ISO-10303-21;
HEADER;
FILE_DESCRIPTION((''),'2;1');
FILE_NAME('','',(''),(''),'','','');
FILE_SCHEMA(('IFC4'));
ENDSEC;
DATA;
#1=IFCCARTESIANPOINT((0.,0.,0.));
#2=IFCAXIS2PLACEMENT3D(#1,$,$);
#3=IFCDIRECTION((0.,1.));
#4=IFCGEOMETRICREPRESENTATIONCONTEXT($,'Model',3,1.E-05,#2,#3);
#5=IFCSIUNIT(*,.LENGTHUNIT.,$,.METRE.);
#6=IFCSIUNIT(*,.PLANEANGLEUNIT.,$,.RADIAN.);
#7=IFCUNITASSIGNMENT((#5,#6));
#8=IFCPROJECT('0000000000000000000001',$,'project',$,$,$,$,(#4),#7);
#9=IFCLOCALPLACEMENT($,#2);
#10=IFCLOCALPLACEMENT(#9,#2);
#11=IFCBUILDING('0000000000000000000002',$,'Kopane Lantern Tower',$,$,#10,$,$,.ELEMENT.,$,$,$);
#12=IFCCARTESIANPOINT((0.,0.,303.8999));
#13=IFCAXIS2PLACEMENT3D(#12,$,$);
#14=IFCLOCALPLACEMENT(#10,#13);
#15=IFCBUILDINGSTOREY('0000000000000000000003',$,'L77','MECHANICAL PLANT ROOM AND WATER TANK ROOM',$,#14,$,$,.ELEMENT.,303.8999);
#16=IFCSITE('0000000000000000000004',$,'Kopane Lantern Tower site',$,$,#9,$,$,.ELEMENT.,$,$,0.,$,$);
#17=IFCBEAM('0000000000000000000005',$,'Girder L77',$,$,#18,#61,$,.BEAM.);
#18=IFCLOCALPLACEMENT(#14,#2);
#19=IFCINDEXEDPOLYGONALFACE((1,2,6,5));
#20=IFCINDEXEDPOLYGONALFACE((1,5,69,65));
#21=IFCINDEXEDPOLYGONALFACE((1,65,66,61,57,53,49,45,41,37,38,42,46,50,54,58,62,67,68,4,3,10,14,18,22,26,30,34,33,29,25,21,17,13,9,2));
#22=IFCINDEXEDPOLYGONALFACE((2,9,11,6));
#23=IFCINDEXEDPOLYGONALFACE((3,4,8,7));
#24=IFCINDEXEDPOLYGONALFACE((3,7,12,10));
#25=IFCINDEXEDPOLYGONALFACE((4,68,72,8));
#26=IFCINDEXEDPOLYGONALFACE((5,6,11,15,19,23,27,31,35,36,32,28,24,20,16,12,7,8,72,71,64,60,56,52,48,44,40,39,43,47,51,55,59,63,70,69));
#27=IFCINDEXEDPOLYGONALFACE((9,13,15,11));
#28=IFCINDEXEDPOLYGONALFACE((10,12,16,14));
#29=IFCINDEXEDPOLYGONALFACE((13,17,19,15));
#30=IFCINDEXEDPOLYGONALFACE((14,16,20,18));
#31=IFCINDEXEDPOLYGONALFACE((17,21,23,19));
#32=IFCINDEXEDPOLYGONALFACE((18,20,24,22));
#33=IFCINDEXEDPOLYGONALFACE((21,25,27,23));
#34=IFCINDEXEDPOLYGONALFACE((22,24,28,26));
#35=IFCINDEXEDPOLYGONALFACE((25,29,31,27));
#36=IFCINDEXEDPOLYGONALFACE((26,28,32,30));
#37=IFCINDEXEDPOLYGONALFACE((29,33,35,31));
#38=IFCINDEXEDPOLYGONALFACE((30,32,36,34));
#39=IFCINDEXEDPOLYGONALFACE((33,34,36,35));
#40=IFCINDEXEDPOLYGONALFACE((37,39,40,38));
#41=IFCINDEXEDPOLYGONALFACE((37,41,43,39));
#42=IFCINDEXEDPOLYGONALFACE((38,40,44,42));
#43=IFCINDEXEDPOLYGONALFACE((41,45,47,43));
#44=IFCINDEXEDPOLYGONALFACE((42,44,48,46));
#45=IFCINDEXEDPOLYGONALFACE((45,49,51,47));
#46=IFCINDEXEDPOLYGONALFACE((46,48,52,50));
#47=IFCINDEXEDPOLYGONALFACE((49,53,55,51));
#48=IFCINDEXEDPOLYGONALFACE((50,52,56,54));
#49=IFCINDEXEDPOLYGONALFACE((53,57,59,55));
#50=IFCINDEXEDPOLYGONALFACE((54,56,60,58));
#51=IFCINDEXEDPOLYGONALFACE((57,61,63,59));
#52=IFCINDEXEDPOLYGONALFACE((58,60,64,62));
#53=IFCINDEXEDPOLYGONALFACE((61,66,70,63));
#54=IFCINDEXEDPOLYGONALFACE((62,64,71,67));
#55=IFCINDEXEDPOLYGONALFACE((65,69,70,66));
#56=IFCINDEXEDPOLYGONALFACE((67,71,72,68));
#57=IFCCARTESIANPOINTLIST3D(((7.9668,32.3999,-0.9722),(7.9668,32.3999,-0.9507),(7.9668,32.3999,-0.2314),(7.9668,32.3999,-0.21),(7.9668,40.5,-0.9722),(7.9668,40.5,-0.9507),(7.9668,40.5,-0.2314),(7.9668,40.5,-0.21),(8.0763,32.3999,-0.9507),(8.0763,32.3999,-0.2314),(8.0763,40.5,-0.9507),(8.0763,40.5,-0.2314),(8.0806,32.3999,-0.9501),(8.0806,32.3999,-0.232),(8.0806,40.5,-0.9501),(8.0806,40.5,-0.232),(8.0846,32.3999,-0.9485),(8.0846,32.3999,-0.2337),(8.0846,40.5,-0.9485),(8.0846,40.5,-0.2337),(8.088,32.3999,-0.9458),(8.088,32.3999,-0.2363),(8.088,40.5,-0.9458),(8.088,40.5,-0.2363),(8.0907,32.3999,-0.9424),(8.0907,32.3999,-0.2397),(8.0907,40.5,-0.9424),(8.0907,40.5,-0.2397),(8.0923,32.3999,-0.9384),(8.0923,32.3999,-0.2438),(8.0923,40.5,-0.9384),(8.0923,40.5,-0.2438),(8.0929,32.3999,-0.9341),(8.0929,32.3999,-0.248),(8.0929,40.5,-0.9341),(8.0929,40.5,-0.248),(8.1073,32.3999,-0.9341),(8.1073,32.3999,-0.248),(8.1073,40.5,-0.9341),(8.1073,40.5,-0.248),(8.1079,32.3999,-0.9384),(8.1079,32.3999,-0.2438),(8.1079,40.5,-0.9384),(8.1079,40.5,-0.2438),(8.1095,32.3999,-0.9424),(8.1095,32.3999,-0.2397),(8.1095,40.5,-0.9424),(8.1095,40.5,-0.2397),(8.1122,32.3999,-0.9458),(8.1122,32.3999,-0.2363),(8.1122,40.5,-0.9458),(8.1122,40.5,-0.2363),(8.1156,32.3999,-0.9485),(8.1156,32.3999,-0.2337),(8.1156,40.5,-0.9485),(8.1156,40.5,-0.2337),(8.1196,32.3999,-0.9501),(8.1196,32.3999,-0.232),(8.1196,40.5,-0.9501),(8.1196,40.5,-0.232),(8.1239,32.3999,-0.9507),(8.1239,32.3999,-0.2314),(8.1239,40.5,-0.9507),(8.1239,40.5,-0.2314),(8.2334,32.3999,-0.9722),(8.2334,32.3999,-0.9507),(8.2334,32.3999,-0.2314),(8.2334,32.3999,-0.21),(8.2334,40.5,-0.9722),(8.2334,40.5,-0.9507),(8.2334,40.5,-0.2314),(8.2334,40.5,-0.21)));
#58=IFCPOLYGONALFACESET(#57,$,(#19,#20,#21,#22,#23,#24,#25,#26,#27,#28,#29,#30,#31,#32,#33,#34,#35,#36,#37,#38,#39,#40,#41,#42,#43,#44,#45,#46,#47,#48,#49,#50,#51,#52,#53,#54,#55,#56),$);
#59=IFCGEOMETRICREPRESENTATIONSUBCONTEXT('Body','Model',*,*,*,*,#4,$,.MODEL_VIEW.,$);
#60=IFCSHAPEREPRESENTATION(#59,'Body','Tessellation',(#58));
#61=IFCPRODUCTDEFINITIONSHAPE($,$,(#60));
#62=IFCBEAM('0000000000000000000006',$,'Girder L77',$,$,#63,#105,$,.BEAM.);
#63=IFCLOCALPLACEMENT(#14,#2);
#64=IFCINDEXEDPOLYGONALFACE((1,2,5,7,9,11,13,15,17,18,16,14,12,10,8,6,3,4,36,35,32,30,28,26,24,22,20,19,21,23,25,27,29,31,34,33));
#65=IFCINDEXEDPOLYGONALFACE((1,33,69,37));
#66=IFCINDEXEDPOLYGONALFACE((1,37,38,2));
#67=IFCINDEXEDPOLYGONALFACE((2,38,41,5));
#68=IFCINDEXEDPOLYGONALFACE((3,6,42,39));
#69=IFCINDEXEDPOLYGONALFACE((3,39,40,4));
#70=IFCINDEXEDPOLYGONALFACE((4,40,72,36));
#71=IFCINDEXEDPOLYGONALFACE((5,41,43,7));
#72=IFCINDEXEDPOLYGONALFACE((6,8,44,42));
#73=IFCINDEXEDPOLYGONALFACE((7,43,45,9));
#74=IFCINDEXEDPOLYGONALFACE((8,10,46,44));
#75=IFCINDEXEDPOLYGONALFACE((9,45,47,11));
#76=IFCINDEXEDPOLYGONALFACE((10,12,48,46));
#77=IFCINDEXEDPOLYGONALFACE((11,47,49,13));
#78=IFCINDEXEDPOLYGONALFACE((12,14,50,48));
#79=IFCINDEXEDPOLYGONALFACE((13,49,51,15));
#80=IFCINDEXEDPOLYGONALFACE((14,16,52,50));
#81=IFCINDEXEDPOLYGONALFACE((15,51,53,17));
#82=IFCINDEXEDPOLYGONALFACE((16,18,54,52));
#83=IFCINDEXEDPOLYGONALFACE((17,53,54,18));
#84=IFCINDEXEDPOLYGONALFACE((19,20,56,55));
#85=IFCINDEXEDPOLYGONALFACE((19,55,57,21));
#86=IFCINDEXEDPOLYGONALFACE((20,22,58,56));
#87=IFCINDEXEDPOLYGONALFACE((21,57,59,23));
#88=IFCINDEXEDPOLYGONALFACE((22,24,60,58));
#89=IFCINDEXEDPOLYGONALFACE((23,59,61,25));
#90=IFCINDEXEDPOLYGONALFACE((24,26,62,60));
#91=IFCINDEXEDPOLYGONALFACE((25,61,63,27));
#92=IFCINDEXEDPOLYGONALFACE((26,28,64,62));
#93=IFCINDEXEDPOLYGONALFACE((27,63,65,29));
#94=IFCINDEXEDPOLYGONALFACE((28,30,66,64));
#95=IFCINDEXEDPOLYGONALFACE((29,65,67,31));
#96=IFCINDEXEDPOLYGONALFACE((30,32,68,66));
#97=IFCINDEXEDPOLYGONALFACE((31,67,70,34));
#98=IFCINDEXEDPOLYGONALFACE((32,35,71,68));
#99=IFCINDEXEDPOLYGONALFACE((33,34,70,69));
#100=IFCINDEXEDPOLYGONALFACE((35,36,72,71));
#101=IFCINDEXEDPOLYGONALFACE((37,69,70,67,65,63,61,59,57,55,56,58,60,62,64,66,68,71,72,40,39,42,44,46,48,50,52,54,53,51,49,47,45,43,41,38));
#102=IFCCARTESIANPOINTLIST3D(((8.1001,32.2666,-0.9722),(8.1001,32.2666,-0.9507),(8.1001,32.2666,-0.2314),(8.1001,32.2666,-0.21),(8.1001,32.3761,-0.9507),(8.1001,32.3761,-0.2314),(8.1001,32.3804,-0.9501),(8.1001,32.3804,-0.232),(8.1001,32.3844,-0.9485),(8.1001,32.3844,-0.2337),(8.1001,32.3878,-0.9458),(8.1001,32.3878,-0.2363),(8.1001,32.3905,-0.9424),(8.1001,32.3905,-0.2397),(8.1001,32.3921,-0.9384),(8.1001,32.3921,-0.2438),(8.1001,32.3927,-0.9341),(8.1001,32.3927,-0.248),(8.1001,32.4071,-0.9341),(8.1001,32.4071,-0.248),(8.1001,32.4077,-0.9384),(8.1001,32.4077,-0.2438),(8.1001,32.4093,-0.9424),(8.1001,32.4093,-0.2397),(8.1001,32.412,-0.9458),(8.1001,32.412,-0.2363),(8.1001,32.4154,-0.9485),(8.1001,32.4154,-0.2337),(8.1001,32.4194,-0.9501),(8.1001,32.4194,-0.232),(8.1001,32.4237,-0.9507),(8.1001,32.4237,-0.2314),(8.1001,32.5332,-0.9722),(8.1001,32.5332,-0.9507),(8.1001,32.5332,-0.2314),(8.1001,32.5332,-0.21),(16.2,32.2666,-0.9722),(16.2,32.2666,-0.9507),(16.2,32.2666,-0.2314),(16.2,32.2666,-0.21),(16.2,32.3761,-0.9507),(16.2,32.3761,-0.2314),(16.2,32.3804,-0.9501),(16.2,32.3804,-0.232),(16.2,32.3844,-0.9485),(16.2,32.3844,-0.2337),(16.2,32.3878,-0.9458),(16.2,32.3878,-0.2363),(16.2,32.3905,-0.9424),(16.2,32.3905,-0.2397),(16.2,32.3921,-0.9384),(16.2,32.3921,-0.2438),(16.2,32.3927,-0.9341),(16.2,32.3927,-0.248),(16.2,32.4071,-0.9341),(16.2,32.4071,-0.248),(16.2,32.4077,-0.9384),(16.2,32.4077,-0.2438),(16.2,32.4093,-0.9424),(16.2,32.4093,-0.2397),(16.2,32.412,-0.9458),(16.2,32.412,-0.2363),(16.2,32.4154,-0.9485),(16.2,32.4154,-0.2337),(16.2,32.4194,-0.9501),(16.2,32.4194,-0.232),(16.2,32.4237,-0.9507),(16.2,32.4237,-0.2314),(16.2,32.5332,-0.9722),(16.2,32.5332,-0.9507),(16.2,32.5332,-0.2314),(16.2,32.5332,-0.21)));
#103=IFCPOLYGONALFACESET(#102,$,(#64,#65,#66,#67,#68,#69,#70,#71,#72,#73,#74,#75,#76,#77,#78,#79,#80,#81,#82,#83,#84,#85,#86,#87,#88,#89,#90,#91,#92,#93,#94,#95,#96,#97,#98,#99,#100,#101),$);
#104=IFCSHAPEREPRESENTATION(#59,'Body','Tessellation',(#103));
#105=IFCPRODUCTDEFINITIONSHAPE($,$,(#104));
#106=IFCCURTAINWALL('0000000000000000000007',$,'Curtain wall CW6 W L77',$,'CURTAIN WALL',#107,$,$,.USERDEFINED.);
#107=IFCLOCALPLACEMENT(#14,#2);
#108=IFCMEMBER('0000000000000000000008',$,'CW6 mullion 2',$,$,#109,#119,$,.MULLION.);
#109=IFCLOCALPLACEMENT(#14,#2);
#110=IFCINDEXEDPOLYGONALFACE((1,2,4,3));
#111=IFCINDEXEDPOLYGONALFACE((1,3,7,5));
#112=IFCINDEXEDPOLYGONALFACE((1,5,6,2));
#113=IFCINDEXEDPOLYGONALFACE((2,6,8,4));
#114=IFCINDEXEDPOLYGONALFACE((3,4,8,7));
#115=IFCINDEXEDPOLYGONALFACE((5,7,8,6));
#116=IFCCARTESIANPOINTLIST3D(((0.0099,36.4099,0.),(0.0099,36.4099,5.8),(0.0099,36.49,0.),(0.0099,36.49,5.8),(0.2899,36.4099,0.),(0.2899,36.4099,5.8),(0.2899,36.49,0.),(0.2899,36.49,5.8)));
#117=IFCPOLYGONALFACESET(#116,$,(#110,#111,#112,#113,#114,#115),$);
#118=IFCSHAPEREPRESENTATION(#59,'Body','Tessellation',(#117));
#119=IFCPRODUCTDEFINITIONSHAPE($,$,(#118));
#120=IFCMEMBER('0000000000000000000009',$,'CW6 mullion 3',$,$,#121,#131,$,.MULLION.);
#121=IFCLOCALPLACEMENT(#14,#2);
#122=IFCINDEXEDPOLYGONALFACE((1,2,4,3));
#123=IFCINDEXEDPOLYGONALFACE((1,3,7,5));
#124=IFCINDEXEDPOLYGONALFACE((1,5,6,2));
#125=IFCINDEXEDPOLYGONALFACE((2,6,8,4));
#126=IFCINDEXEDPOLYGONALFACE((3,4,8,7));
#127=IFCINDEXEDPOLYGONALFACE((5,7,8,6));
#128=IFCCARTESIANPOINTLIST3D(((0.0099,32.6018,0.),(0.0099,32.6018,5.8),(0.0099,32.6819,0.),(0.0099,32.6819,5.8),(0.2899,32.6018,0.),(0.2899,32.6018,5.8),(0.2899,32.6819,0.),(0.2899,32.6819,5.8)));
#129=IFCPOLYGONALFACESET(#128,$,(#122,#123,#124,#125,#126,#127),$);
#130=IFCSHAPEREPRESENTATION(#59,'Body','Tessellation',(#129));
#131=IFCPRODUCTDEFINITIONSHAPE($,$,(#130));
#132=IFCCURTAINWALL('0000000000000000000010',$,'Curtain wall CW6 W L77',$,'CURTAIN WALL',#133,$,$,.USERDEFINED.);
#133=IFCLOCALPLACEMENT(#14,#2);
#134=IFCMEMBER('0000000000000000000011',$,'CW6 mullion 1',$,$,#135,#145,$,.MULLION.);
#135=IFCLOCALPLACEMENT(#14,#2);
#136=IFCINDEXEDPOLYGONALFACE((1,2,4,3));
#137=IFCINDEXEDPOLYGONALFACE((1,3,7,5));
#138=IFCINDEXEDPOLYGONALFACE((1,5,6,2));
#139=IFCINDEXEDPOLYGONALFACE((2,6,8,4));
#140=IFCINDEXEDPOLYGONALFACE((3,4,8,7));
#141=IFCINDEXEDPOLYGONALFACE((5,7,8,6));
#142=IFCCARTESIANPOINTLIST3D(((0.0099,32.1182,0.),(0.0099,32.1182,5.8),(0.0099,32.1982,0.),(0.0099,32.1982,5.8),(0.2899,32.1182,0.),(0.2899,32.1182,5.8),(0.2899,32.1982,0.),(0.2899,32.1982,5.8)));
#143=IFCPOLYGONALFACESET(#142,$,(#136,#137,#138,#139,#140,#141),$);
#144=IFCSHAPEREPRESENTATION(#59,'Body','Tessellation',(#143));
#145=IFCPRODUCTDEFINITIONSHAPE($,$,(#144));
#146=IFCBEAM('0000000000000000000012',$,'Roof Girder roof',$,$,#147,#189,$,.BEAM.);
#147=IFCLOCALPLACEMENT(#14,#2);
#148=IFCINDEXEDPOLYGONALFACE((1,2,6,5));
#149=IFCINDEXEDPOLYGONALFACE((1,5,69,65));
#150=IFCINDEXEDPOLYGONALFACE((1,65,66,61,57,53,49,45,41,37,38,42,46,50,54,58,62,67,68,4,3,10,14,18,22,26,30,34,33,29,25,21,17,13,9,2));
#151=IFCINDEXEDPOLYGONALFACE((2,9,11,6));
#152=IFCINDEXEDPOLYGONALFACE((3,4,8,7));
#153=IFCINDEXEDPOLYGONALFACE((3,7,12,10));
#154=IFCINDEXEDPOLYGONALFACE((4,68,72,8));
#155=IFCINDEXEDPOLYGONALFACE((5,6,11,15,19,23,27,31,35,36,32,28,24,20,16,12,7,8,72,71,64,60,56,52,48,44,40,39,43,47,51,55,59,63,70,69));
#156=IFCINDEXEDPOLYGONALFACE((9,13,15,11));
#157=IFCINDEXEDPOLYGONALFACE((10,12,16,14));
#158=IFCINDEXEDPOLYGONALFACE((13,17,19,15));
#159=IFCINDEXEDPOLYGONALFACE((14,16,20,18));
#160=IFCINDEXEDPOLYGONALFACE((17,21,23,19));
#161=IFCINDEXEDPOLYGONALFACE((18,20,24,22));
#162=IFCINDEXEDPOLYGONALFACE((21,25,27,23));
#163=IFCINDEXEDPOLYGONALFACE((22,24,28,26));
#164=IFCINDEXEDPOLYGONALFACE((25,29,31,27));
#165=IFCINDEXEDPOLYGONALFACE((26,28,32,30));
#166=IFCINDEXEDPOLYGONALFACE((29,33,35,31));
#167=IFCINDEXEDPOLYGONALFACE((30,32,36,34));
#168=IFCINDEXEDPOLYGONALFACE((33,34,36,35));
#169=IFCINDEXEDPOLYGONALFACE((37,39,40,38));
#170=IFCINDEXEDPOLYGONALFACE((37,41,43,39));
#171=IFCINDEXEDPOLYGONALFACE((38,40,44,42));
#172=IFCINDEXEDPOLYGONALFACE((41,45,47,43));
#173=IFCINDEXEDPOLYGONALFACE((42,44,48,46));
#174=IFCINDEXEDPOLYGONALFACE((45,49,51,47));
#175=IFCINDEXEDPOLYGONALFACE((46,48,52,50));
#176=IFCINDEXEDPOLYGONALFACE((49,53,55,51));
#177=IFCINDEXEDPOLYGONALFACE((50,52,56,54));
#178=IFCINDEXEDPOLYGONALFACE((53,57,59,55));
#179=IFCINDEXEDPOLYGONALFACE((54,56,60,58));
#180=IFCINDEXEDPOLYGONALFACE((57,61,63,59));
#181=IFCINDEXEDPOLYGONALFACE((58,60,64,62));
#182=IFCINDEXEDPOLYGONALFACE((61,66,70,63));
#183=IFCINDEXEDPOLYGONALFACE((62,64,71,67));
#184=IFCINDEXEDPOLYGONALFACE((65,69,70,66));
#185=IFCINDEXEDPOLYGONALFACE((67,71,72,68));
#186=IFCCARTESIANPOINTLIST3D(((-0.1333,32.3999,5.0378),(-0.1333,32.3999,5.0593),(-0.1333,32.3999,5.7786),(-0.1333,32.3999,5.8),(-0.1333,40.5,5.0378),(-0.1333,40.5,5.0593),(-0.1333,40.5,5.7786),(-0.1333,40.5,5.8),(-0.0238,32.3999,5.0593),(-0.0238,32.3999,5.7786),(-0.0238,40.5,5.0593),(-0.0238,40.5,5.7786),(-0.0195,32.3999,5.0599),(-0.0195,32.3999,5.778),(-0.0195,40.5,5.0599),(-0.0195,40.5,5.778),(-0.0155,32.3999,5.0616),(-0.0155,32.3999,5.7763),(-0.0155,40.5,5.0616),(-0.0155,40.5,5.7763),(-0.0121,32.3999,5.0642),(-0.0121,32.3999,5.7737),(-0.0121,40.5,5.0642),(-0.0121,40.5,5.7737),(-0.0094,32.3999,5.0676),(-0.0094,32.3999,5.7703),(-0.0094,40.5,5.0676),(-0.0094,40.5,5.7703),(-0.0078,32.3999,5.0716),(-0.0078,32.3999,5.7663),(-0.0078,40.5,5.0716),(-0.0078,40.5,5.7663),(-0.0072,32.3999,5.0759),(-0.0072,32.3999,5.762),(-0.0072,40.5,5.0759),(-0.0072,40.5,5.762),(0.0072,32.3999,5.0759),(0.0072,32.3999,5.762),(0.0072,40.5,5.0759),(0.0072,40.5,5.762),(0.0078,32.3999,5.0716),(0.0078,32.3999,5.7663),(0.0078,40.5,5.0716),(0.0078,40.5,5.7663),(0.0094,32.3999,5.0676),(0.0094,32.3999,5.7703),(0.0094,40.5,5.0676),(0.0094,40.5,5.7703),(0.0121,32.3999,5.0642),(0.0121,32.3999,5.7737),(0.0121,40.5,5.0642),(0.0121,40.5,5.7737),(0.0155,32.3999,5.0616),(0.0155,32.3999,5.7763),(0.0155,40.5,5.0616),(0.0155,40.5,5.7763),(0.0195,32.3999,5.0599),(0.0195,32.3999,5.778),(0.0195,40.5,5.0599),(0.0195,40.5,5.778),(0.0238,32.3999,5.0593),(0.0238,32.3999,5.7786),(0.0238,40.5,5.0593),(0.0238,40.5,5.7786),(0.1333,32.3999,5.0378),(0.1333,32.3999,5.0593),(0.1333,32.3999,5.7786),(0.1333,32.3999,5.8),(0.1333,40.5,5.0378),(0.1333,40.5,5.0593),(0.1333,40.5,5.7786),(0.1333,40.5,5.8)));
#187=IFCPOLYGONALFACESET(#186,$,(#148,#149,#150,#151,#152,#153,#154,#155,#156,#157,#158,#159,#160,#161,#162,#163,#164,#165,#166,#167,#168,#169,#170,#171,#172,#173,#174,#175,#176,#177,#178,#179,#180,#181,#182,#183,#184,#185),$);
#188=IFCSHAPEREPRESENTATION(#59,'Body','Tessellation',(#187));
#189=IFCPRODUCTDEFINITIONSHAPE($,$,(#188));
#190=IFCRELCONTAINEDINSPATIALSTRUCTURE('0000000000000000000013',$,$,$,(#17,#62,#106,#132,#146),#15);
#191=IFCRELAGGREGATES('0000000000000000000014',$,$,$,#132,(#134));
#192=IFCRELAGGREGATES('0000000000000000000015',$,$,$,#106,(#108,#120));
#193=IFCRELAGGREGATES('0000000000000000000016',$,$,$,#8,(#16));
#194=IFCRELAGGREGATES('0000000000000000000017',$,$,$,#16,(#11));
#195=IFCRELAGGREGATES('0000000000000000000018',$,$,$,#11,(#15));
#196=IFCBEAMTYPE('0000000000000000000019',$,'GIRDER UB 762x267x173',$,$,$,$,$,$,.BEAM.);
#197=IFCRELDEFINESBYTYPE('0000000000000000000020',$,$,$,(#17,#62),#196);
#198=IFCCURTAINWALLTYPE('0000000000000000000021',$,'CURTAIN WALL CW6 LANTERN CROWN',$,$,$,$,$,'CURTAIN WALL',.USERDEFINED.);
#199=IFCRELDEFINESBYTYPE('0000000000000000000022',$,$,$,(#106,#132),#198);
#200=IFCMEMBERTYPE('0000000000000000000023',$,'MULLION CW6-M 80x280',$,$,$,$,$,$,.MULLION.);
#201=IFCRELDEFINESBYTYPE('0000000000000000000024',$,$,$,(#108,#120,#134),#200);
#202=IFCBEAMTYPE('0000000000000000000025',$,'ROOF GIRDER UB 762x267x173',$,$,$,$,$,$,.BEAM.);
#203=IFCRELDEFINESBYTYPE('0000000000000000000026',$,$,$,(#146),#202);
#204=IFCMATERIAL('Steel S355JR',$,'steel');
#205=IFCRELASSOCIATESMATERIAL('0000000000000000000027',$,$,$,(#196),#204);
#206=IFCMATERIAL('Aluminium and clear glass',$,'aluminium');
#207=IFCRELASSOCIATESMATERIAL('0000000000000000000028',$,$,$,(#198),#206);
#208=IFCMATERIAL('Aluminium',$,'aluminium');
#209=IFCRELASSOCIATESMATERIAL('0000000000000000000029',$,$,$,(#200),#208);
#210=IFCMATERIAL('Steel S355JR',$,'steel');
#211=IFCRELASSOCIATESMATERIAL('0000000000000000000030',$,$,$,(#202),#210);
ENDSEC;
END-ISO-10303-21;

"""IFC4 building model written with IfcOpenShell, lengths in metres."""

from ifc_helpers import new_model, si_unit, direction, frame, origin, origin_2d, place, context, subcontext, project, spatial, rectangle, i_section, extrude, material, material_profile, profile_set, type_object, element, aggregate, save


model = new_model("IFC4")

# Units and contexts
model_context = context("Model", 3, precision=1e-05, world=origin(), true_north=direction((0.0, 1.0)))
body_context = subcontext(model_context, "Body", "Model", "MODEL_VIEW")
ifc_project = project(units=[si_unit("LENGTHUNIT", "METRE"), si_unit("PLANEANGLEUNIT", "RADIAN")], contexts=[model_context])

# Site, building, storey
site_placement = place(None, origin())
site = spatial("IfcSite", under=ifc_project, at=site_placement, Name="Kopane Lantern Tower site", CompositionType="ELEMENT", RefElevation=0.0)
building_placement = place(site_placement, origin())
building = spatial("IfcBuilding", under=site, at=building_placement, Name="Kopane Lantern Tower", CompositionType="ELEMENT")
storey_placement = place(building_placement, frame((0.0, 0.0, 303.8999)))
storey = spatial("IfcBuildingStorey", under=building, at=storey_placement, Name="L77", Description="MECHANICAL PLANT ROOM AND WATER TANK ROOM", CompositionType="ELEMENT", Elevation=303.8999)

# Beams
ifc_material_1 = material(Name="Steel S355JR", Category="steel")
ifc_material_profile_1 = material_profile(ifc_material_1, i_section(OverallWidth=0.2666, OverallDepth=0.7622, WebThickness=0.0144, FlangeThickness=0.0215, FilletRadius=0.0166, at=origin_2d()), Name="UB 762x267x173")
ifc_profile_set_1 = profile_set([ifc_material_profile_1], Name="Steel S355JR")
beam_type_1 = type_object("IfcBeamType", Name="GIRDER UB 762x267x173", PredefinedType="BEAM", material=ifc_profile_set_1)
for number, where, z_axis, x_axis, name in (
    (1, (8.1001, 32.3999, -0.5911), (0.0, 1.0, 0.0), (-1.0, 0.0, 0.0), "Girder L77"),
):
    element("IfcBeam", number, at=place(storey_placement, frame(where, z_axis=z_axis, x_axis=x_axis)), inside=storey, type_object=beam_type_1, Name=name, PredefinedType="BEAM", context=body_context, shape_type="SweptSolid", body=[
        extrude(i_section(OverallWidth=0.2666, OverallDepth=0.7622, WebThickness=0.0144, FlangeThickness=0.0215, FilletRadius=0.0166, at=origin_2d()), origin(), (0.0, 0.0, 1.0), 8.1001),
    ])
beam_placement = place(storey_placement, frame((8.1001, 32.3999, -0.5911), z_axis=(1.0, 0.0, 0.0), x_axis=(0.0, 1.0, 0.0)))
element("IfcBeam", 2, at=beam_placement, inside=storey, type_object=beam_type_1, Name="Girder L77", PredefinedType="BEAM", context=body_context, shape_type="SweptSolid", body=[
    extrude(i_section(OverallWidth=0.2666, OverallDepth=0.7622, WebThickness=0.0144, FlangeThickness=0.0215, FilletRadius=0.0166, at=origin_2d()), origin(), (0.0, 0.0, 1.0), 8.0999),
])

# Curtain wall, members
ifc_material_2 = material(Name="Aluminium and clear glass", Category="aluminium")
curtain_wall_type = type_object("IfcCurtainWallType", Name="CURTAIN WALL CW6 LANTERN CROWN", ElementType="CURTAIN WALL", PredefinedType="USERDEFINED", material=ifc_material_2)
curtain_wall_1_placement = place(storey_placement, origin())
curtain_wall_1 = element("IfcCurtainWall", 3, at=curtain_wall_1_placement, inside=storey, type_object=curtain_wall_type, Name="Curtain wall CW6 W L77", ObjectType="CURTAIN WALL", PredefinedType="USERDEFINED")
ifc_material_3 = material(Name="Aluminium", Category="aluminium")
ifc_material_profile_2 = material_profile(ifc_material_3, rectangle(XDim=0.0801, YDim=0.28, at=origin_2d()), Name="AL 80x280")
ifc_profile_set_2 = profile_set([ifc_material_profile_2], Name="Aluminium")
member_type_1 = type_object("IfcMemberType", Name="MULLION CW6-M 80x280", PredefinedType="MULLION", material=ifc_profile_set_2)
member_1_placement = place(storey_placement, frame((0.1499, 36.45, 0.0), z_axis=(0.0, 0.0, 1.0), x_axis=(0.0, -1.0, 0.0)))
member_1 = element("IfcMember", 4, at=member_1_placement, type_object=member_type_1, Name="CW6 mullion 2", PredefinedType="MULLION", context=body_context, shape_type="SweptSolid", body=[
    extrude(rectangle(XDim=0.0801, YDim=0.28, at=origin_2d()), origin(), (0.0, 0.0, 1.0), 5.8),
])
member_2_placement = place(storey_placement, frame((0.1499, 32.6418, 0.0), z_axis=(0.0, 0.0, 1.0), x_axis=(0.0, -1.0, 0.0)))
member_2 = element("IfcMember", 5, at=member_2_placement, type_object=member_type_1, Name="CW6 mullion 3", PredefinedType="MULLION", context=body_context, shape_type="SweptSolid", body=[
    extrude(rectangle(XDim=0.0801, YDim=0.28, at=origin_2d()), origin(), (0.0, 0.0, 1.0), 5.8),
])

# Curtain wall, member
curtain_wall_2_placement = place(storey_placement, origin())
curtain_wall_2 = element("IfcCurtainWall", 6, at=curtain_wall_2_placement, inside=storey, type_object=curtain_wall_type, Name="Curtain wall CW6 W L77", ObjectType="CURTAIN WALL", PredefinedType="USERDEFINED")
member_3_placement = place(storey_placement, frame((0.1499, 32.1582, 0.0), z_axis=(0.0, 0.0, 1.0), x_axis=(0.0, -1.0, 0.0)))
member_3 = element("IfcMember", 7, at=member_3_placement, type_object=member_type_1, Name="CW6 mullion 1", PredefinedType="MULLION", context=body_context, shape_type="SweptSolid", body=[
    extrude(rectangle(XDim=0.0801, YDim=0.28, at=origin_2d()), origin(), (0.0, 0.0, 1.0), 5.8),
])

# Beam
ifc_material_4 = material(Name="Steel S355JR", Category="steel")
ifc_material_profile_3 = material_profile(ifc_material_4, i_section(OverallWidth=0.2666, OverallDepth=0.7622, WebThickness=0.0144, FlangeThickness=0.0215, FilletRadius=0.0166, at=origin_2d()), Name="UB 762x267x173")
ifc_profile_set_3 = profile_set([ifc_material_profile_3], Name="Steel S355JR")
beam_type_2 = type_object("IfcBeamType", Name="ROOF GIRDER UB 762x267x173", PredefinedType="BEAM", material=ifc_profile_set_3)
for number, where, z_axis, x_axis, name in (
    (8, (0.0, 32.3999, 5.4189), (0.0, 1.0, 0.0), (-1.0, 0.0, 0.0), "Roof Girder roof"),
):
    element("IfcBeam", number, at=place(storey_placement, frame(where, z_axis=z_axis, x_axis=x_axis)), inside=storey, type_object=beam_type_2, Name=name, PredefinedType="BEAM", context=body_context, shape_type="SweptSolid", body=[
        extrude(i_section(OverallWidth=0.2666, OverallDepth=0.7622, WebThickness=0.0144, FlangeThickness=0.0215, FilletRadius=0.0166, at=origin_2d()), origin(), (0.0, 0.0, 1.0), 8.1001),
    ])

aggregate(curtain_wall_2, [member_3])

aggregate(curtain_wall_1, [member_1, member_2])

save(model, "model.ifc")
